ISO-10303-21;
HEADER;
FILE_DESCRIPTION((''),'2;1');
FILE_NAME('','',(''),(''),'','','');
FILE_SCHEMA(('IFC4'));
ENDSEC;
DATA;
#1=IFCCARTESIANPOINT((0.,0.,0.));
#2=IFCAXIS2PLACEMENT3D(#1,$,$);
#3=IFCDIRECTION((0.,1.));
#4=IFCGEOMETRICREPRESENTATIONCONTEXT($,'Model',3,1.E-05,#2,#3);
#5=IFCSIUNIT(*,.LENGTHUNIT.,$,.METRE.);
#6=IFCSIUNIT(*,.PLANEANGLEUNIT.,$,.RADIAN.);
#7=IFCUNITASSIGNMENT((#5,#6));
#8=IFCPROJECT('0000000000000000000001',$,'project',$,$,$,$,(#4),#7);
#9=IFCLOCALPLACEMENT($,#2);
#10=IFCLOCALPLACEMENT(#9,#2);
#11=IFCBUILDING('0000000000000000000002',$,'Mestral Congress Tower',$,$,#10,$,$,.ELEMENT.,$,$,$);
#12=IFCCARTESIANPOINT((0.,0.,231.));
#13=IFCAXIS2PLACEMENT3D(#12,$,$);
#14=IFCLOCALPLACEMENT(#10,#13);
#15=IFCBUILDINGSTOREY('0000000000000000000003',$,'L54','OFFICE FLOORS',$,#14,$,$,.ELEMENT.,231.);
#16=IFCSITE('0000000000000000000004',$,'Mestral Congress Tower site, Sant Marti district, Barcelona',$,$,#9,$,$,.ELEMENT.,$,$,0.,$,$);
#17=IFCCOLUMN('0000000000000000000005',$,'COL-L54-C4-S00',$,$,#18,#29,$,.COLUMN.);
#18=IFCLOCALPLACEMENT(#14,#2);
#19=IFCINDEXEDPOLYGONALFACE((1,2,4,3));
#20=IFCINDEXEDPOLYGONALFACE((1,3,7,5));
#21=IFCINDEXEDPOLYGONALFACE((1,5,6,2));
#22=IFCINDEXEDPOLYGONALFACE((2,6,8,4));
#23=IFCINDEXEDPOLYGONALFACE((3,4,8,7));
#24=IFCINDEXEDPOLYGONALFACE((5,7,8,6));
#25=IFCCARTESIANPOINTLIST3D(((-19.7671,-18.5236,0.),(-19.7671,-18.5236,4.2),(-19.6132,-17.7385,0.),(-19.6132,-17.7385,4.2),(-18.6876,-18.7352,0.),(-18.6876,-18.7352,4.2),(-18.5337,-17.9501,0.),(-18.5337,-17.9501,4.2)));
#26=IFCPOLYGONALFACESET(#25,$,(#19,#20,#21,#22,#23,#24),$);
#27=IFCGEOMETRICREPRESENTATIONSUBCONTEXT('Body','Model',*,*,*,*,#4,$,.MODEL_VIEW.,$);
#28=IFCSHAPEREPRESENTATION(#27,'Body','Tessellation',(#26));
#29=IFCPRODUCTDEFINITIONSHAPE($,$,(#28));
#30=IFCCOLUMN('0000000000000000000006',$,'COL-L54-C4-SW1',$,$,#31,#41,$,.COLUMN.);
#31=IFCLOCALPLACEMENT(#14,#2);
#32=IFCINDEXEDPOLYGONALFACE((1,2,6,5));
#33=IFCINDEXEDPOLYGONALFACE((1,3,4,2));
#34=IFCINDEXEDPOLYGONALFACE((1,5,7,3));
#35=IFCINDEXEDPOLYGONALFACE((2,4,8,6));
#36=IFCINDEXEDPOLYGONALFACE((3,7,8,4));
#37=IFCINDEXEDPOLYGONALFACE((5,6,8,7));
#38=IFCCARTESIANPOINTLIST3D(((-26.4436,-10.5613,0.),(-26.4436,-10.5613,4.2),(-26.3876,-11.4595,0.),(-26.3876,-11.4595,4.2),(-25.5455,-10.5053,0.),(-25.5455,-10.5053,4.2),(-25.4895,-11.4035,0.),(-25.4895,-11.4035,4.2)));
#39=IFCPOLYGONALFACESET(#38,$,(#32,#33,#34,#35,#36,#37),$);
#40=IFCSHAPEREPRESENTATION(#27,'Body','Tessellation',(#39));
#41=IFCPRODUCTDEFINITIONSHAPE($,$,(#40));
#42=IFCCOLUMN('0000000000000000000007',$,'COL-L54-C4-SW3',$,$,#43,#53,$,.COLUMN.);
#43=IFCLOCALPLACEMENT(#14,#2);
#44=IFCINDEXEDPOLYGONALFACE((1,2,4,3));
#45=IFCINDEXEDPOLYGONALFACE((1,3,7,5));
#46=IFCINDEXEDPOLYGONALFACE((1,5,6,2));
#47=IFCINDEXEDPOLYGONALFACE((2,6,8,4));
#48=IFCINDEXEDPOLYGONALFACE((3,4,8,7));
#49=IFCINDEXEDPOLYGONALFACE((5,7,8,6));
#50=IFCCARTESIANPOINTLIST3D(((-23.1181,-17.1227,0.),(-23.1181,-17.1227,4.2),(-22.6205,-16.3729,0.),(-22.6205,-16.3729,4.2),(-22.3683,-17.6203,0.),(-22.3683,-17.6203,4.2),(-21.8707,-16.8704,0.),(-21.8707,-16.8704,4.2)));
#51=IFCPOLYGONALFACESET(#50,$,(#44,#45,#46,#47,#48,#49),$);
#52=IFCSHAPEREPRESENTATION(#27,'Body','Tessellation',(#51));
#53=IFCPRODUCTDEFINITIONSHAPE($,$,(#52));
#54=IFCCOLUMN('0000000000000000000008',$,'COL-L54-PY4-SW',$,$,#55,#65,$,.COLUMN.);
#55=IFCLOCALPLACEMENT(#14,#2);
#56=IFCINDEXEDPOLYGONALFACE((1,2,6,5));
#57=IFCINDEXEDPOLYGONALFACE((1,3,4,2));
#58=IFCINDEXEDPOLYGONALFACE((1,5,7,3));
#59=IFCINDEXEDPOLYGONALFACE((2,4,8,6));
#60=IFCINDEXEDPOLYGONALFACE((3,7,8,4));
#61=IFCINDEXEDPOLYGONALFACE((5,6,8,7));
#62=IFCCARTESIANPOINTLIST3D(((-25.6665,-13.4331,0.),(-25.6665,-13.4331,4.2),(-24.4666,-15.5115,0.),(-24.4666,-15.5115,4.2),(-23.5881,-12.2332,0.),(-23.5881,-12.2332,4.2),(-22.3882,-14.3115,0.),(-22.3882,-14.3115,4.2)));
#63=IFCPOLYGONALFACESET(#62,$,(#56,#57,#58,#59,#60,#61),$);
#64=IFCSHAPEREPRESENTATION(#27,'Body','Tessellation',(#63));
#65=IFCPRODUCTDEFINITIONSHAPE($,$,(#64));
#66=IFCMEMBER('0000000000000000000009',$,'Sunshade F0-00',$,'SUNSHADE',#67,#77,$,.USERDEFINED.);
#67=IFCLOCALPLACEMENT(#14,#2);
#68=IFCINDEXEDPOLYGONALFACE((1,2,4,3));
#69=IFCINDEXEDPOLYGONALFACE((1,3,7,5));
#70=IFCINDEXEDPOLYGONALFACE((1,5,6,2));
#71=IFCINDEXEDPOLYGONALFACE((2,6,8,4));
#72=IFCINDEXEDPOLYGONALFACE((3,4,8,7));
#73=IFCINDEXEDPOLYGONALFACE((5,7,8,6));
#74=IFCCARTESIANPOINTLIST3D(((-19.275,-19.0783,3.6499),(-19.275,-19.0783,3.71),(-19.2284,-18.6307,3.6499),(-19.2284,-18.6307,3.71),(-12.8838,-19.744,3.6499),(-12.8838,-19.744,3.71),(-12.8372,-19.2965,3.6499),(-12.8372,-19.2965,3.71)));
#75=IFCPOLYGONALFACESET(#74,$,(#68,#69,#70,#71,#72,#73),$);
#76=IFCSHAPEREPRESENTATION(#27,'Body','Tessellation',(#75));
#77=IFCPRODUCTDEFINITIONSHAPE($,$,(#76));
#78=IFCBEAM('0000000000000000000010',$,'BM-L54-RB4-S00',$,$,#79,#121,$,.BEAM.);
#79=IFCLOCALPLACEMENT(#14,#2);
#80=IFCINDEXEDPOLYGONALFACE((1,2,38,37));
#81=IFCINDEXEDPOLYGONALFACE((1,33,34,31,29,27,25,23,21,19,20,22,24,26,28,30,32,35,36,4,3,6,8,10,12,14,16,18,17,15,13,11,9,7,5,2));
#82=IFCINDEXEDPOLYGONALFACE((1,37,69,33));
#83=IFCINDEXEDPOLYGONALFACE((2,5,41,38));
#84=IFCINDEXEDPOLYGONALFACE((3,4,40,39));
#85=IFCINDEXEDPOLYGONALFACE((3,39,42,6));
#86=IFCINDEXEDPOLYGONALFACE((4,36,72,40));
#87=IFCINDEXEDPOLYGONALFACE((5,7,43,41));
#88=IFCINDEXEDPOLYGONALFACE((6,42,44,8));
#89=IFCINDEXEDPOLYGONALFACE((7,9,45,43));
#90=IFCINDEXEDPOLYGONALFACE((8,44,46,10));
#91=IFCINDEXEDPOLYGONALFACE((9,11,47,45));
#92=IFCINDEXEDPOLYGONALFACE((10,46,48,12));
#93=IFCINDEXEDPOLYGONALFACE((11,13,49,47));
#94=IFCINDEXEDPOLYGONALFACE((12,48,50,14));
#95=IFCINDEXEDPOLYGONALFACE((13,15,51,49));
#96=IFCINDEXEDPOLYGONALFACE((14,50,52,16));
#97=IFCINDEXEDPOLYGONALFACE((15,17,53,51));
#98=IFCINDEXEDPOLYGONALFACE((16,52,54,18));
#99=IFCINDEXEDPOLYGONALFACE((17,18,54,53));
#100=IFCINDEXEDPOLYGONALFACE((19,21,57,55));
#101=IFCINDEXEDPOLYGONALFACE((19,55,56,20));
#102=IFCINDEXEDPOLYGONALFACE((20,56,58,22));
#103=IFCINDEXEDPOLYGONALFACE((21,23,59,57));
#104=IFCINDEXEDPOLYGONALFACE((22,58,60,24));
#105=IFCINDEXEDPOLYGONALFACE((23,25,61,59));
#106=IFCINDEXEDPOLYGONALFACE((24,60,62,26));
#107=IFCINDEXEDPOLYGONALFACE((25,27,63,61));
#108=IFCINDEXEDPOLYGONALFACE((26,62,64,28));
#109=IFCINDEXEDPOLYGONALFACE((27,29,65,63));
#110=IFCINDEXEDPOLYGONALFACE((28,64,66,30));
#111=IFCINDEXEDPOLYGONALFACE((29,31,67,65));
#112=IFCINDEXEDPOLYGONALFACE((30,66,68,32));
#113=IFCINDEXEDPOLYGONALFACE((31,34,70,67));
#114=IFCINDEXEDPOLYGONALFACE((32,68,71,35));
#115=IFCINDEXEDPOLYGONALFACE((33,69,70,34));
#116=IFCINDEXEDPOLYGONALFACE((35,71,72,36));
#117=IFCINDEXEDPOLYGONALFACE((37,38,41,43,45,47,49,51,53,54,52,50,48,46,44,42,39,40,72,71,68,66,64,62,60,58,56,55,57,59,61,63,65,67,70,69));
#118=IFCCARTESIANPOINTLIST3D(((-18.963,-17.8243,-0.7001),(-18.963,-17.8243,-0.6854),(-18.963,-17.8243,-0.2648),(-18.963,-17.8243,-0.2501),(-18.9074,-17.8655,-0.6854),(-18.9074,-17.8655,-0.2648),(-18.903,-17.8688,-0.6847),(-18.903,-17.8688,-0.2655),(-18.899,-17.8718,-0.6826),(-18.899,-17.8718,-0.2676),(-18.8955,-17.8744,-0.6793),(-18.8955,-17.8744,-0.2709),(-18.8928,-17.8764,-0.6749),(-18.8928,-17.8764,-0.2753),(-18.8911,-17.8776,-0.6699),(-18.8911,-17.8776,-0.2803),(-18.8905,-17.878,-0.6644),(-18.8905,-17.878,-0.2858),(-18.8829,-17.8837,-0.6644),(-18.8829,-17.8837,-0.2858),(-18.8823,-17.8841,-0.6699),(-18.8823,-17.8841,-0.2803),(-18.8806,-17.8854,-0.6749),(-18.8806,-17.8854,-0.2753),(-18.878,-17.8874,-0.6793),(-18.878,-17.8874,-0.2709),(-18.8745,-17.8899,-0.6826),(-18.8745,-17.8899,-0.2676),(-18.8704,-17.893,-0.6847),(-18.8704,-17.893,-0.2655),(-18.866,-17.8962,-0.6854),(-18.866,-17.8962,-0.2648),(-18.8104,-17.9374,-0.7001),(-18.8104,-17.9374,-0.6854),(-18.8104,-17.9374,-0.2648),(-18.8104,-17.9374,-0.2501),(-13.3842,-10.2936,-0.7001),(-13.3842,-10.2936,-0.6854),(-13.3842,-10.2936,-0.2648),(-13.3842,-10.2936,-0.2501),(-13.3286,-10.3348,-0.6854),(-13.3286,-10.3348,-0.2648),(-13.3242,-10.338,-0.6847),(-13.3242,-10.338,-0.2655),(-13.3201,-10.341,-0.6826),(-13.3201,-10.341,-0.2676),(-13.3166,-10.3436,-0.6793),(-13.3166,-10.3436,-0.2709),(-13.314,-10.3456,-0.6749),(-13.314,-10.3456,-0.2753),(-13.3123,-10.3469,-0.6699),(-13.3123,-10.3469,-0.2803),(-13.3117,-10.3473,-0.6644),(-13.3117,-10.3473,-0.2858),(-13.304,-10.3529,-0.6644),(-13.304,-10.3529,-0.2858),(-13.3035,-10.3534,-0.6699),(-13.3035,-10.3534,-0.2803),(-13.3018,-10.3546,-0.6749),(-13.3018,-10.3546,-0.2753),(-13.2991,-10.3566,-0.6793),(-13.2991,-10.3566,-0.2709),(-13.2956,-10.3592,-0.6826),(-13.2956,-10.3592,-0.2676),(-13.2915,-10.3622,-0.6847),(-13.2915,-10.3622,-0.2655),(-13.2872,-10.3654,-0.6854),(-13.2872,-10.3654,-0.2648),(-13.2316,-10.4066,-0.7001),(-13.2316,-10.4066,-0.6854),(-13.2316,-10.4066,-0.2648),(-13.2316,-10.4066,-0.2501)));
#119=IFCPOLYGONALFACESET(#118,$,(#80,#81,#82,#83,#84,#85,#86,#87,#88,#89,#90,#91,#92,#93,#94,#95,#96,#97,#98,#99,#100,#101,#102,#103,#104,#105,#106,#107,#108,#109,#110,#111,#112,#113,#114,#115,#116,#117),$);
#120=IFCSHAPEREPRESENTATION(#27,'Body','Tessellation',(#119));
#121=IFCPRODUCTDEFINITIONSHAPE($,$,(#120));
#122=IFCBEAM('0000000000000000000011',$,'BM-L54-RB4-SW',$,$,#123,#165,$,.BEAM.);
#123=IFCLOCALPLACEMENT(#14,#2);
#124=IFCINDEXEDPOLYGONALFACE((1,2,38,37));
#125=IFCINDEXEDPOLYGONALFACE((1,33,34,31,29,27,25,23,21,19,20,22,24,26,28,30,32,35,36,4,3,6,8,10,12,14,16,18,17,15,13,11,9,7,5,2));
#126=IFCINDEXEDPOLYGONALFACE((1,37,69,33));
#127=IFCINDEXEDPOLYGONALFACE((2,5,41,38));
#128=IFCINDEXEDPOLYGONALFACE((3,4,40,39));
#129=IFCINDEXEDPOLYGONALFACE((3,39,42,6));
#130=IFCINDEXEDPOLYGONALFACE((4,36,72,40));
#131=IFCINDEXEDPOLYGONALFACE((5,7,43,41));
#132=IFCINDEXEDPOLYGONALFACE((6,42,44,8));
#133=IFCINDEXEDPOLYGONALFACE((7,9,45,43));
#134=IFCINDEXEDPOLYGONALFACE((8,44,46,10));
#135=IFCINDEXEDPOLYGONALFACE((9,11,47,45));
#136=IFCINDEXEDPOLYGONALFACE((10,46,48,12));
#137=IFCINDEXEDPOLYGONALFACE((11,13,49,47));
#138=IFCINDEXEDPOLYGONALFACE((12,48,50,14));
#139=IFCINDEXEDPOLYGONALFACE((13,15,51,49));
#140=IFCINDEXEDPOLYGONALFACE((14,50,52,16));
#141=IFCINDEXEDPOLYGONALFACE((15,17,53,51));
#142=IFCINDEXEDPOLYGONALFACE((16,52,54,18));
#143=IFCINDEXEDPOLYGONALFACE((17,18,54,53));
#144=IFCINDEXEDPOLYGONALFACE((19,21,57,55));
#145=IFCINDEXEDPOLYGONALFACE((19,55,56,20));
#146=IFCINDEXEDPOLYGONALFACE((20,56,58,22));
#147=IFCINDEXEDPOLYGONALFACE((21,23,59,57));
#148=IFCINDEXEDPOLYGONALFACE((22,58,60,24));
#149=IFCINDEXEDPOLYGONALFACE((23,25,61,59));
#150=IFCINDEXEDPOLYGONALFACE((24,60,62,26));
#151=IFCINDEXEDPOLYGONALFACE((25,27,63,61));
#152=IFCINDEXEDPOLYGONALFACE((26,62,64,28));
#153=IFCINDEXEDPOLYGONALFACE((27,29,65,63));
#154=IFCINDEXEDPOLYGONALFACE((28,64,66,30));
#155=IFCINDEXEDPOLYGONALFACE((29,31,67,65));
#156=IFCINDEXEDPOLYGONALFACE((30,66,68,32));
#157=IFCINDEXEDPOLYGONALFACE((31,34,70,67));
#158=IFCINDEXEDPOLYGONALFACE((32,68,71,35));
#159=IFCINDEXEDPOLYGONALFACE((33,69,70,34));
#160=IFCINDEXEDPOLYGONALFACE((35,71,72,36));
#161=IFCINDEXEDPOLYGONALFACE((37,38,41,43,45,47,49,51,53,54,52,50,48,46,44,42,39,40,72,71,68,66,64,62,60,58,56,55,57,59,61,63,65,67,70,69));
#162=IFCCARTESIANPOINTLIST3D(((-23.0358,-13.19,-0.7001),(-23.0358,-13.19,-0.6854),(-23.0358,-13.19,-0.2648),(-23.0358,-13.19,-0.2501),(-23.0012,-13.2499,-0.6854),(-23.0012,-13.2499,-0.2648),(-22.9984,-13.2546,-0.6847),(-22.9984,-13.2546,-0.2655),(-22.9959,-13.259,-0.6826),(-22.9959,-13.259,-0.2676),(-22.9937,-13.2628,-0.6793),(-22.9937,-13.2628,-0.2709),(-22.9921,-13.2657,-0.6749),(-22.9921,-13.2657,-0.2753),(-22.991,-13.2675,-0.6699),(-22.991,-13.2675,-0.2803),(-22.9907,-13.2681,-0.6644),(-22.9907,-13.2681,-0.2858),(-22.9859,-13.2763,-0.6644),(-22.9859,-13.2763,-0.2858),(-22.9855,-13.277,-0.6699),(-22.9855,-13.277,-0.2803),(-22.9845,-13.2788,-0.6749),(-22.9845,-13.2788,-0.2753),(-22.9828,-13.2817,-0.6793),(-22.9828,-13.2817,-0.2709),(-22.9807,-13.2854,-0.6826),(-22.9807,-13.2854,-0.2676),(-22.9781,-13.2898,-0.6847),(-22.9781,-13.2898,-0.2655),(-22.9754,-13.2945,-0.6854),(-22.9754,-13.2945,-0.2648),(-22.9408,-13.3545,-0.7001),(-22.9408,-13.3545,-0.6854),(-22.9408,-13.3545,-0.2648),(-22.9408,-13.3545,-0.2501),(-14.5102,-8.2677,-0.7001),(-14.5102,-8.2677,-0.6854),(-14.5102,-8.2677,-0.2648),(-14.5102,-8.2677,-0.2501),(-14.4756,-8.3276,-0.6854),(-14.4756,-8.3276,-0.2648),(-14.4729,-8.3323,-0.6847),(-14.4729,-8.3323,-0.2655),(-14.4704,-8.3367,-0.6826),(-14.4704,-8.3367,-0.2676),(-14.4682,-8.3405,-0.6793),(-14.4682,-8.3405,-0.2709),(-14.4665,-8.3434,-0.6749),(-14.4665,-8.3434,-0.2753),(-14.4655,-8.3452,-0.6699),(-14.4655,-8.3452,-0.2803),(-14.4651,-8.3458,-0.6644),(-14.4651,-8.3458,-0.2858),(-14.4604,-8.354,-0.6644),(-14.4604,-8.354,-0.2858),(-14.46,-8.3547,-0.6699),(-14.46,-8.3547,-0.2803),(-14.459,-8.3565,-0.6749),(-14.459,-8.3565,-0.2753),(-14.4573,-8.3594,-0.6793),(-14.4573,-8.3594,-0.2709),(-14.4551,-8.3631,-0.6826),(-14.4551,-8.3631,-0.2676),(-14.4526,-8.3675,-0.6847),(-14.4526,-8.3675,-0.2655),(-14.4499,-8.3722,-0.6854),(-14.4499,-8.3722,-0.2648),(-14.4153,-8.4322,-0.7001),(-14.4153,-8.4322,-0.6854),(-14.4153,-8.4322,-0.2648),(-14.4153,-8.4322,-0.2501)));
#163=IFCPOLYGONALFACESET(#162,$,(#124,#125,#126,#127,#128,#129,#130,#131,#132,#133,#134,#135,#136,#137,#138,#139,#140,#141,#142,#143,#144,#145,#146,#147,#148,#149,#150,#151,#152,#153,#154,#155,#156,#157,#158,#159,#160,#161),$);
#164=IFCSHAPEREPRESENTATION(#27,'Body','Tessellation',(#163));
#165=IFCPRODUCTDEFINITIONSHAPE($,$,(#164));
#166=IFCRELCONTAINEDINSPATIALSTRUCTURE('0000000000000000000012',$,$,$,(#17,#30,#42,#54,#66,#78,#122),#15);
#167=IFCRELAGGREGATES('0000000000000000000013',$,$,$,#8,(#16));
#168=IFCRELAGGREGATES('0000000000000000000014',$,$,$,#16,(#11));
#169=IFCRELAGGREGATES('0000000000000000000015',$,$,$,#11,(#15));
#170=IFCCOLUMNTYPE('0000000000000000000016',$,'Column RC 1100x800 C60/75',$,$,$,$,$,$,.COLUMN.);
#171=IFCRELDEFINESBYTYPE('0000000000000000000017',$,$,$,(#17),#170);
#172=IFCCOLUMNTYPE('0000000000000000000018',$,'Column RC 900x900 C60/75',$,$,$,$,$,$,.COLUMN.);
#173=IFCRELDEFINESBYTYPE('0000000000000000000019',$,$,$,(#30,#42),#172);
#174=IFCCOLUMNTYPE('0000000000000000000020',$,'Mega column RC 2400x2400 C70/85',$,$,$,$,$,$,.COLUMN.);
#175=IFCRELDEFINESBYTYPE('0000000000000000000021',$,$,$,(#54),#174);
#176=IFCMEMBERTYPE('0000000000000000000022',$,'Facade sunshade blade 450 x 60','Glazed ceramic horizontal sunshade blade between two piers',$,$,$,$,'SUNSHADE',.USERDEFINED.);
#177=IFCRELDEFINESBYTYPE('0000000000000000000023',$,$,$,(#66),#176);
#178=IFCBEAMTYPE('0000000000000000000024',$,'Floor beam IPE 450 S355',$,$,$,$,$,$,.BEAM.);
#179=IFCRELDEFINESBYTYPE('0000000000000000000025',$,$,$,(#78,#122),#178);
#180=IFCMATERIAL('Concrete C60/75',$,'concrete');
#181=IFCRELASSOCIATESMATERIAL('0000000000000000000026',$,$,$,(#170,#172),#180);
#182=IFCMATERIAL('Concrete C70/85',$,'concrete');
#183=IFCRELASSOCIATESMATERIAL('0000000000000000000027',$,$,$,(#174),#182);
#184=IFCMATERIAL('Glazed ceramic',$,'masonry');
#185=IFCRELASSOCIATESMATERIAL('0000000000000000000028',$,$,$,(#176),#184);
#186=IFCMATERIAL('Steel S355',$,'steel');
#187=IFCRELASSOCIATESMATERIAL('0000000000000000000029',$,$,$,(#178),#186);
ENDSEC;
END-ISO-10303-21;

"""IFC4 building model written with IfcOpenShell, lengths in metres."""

from ifc_helpers import new_model, si_unit, direction, frame, origin, origin_2d, place, context, subcontext, project, spatial, rectangle, i_section, extrude, material, material_profile, profile_set, type_object, element, save


model = new_model("IFC4")

# Units and contexts
model_context = context("Model", 3, precision=1e-05, world=origin(), true_north=direction((0.0, 1.0)))
body_context = subcontext(model_context, "Body", "Model", "MODEL_VIEW")
ifc_project = project(units=[si_unit("LENGTHUNIT", "METRE"), si_unit("PLANEANGLEUNIT", "RADIAN")], contexts=[model_context])

# Site, building, storey
site_placement = place(None, origin())
site = spatial("IfcSite", under=ifc_project, at=site_placement, Name="Mestral Congress Tower site, Sant Marti district, Barcelona", CompositionType="ELEMENT", RefElevation=0.0)
building_placement = place(site_placement, origin())
building = spatial("IfcBuilding", under=site, at=building_placement, Name="Mestral Congress Tower", CompositionType="ELEMENT")
storey_placement = place(building_placement, frame((0.0, 0.0, 231.0)))
storey = spatial("IfcBuildingStorey", under=building, at=storey_placement, Name="L54", Description="OFFICE FLOORS", CompositionType="ELEMENT", Elevation=231.0)

# Columns
ifc_material_1 = material(Name="Concrete C60/75", Category="concrete")
ifc_material_profile_1 = material_profile(ifc_material_1, rectangle(XDim=1.1001, YDim=0.8, at=origin_2d()), Name="RC 1100x800")
ifc_profile_set_1 = profile_set([ifc_material_profile_1], Name="Concrete C60/75")
column_type_1 = type_object("IfcColumnType", Name="Column RC 1100x800 C60/75", PredefinedType="COLUMN", material=ifc_profile_set_1)
column_1_placement = place(storey_placement, frame((-19.1504, -18.2368, 0.0), z_axis=(0.0, 0.0, 1.0), x_axis=(0.981325, -0.192359, 0.0)))
element("IfcColumn", 1, at=column_1_placement, inside=storey, type_object=column_type_1, Name="COL-L54-C4-S00", PredefinedType="COLUMN", context=body_context, shape_type="SweptSolid", body=[
    extrude(rectangle(XDim=1.1001, YDim=0.8, at=origin_2d()), origin(), (0.0, 0.0, 1.0), 4.2),
])
ifc_material_profile_2 = material_profile(ifc_material_1, rectangle(XDim=0.8999, YDim=0.8999, at=origin_2d()), Name="RC 900x900")
ifc_profile_set_2 = profile_set([ifc_material_profile_2], Name="Concrete C60/75")
column_type_2 = type_object("IfcColumnType", Name="Column RC 900x900 C60/75", PredefinedType="COLUMN", material=ifc_profile_set_2)
for number, where, z_axis, x_axis, name in (
    (2, (-25.9666, -10.9824, 0.0), (0.0, 0.0, 1.0), (0.062217, -0.998063, 0.0), "COL-L54-C4-SW1"),
    (3, (-22.4944, -16.9966, 0.0), (0.0, 0.0, 1.0), (0.833239, -0.552913, 0.0), "COL-L54-C4-SW3"),
):
    element("IfcColumn", number, at=place(storey_placement, frame(where, z_axis=z_axis, x_axis=x_axis)), inside=storey, type_object=column_type_2, Name=name, PredefinedType="COLUMN", context=body_context, shape_type="SweptSolid", body=[
        extrude(rectangle(XDim=0.8999, YDim=0.8999, at=origin_2d()), origin(), (0.0, 0.0, 1.0), 4.2),
    ])
ifc_material_2 = material(Name="Concrete C70/85", Category="concrete")
ifc_material_profile_3 = material_profile(ifc_material_2, rectangle(XDim=2.3999, YDim=2.3999, at=origin_2d()), Name="RC 2400x2400")
ifc_profile_set_3 = profile_set([ifc_material_profile_3], Name="Concrete C70/85")
column_type_3 = type_object("IfcColumnType", Name="Mega column RC 2400x2400 C70/85", PredefinedType="COLUMN", material=ifc_profile_set_3)
column_2_placement = place(storey_placement, frame((-24.0273, -13.8723, 0.0), z_axis=(0.0, 0.0, 1.0), x_axis=(-0.866025, -0.5, 0.0)))
element("IfcColumn", 4, at=column_2_placement, inside=storey, type_object=column_type_3, Name="COL-L54-PY4-SW", PredefinedType="COLUMN", context=body_context, shape_type="SweptSolid", body=[
    extrude(rectangle(XDim=2.3999, YDim=2.3999, at=origin_2d()), origin(), (0.0, 0.0, 1.0), 4.2),
])

# Member
ifc_material_3 = material(Name="Glazed ceramic", Category="masonry")
ifc_material_profile_4 = material_profile(ifc_material_3, rectangle(XDim=0.45, YDim=0.0601, at=origin_2d()), Name="Ceramic blade 450 x 60")
ifc_profile_set_4 = profile_set([ifc_material_profile_4], Name="Glazed ceramic")
member_type = type_object("IfcMemberType", Name="Facade sunshade blade 450 x 60", Description="Glazed ceramic horizontal sunshade blade between two piers", ElementType="SUNSHADE", PredefinedType="USERDEFINED", material=ifc_profile_set_4)
member_placement = place(storey_placement, frame((-19.2517, -18.8545, 3.6799), z_axis=(0.994618, -0.103611, 0.0), x_axis=(0.103611, 0.994618, 0.0)))
element("IfcMember", 5, at=member_placement, inside=storey, type_object=member_type, Name="Sunshade F0-00", ObjectType="SUNSHADE", PredefinedType="USERDEFINED", context=body_context, shape_type="SweptSolid", body=[
    extrude(rectangle(XDim=0.45, YDim=0.0601, at=origin_2d()), origin(), (0.0, 0.0, 1.0), 6.4258),
])

# Beams
ifc_material_4 = material(Name="Steel S355", Category="steel")
ifc_material_profile_5 = material_profile(ifc_material_4, i_section(OverallWidth=0.1899, OverallDepth=0.45, WebThickness=0.0095, FlangeThickness=0.0146, FilletRadius=0.021, at=origin_2d()), Name="IPE 450")
ifc_profile_set_5 = profile_set([ifc_material_profile_5], Name="Steel S355")
beam_type_1 = type_object("IfcBeamType", Name="Floor beam IPE 450 S355", PredefinedType="BEAM", material=ifc_profile_set_5)
beam_1_placement = place(storey_placement, frame((-18.8867, -17.8809, -0.4751), z_axis=(0.595263, 0.803531, 0.0), x_axis=(-0.803531, 0.595263, 0.0)))
element("IfcBeam", 6, at=beam_1_placement, inside=storey, type_object=beam_type_1, Name="BM-L54-RB4-S00", PredefinedType="BEAM", context=body_context, shape_type="SweptSolid", body=[
    extrude(i_section(OverallWidth=0.1899, OverallDepth=0.45, WebThickness=0.0095, FlangeThickness=0.0146, FilletRadius=0.021, at=origin_2d()), origin(), (0.0, 0.0, 1.0), 9.3721),
])
beam_2_placement = place(storey_placement, frame((-22.9883, -13.2722, -0.4751), z_axis=(0.866022, 0.500007, 0.0), x_axis=(-0.500007, 0.866022, 0.0)))
element("IfcBeam", 7, at=beam_2_placement, inside=storey, type_object=beam_type_1, Name="BM-L54-RB4-SW", PredefinedType="BEAM", context=body_context, shape_type="SweptSolid", body=[
    extrude(i_section(OverallWidth=0.1899, OverallDepth=0.45, WebThickness=0.0095, FlangeThickness=0.0146, FilletRadius=0.021, at=origin_2d()), origin(), (0.0, 0.0, 1.0), 9.8445),
])

save(model, "model.ifc")
